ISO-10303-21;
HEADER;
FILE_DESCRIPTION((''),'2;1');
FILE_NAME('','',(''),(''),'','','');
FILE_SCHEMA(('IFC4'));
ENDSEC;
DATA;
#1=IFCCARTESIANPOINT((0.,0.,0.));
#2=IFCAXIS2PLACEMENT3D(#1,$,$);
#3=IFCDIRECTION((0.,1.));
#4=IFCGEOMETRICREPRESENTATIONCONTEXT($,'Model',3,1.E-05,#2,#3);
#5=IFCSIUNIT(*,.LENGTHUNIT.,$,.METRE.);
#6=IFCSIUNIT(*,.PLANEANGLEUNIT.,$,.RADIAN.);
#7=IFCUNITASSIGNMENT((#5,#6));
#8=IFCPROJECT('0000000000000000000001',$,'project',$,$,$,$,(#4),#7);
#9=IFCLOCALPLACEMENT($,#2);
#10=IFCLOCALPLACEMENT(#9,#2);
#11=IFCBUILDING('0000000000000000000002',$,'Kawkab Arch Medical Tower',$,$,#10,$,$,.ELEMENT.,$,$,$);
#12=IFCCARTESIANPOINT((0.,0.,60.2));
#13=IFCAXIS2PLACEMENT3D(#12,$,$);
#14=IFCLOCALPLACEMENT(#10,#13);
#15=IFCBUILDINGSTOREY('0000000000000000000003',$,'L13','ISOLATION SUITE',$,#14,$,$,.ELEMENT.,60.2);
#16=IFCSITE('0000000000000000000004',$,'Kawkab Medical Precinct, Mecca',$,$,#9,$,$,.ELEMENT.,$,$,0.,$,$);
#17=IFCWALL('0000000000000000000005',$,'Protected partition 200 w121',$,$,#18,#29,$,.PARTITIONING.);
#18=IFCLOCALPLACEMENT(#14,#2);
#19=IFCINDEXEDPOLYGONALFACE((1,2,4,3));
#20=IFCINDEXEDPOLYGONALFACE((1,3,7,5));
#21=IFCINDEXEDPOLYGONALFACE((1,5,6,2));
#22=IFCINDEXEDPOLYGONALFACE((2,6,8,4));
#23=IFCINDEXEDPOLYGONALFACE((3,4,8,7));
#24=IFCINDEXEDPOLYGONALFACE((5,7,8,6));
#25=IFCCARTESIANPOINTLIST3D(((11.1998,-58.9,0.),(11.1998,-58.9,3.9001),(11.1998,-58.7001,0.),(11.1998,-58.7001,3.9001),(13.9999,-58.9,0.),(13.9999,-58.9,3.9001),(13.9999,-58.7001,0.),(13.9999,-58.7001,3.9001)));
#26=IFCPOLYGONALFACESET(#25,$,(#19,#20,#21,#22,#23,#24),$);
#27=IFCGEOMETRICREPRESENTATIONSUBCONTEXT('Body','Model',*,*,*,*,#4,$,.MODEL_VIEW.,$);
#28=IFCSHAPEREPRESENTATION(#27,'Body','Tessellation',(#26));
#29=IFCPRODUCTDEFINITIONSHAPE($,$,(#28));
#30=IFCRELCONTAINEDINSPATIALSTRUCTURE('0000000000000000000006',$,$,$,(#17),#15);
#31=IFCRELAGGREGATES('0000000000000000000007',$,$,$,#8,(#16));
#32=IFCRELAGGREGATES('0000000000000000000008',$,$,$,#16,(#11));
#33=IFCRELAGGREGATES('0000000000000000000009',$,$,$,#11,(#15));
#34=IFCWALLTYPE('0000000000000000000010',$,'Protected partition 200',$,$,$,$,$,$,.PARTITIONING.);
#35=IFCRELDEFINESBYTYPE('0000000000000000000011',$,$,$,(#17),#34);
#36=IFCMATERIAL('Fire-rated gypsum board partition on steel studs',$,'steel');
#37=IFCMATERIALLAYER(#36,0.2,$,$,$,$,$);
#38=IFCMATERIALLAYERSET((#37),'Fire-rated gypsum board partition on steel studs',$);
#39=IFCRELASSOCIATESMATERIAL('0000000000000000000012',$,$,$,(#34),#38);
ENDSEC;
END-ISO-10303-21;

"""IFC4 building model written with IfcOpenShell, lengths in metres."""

from ifc_helpers import new_model, si_unit, direction, frame, frame_2d, origin, place, context, subcontext, project, spatial, rectangle, extrude, material, layer, layer_set, type_object, element, save


model = new_model("IFC4")

# Units and contexts
model_context = context("Model", 3, precision=1e-05, world=origin(), true_north=direction((0.0, 1.0)))
body_context = subcontext(model_context, "Body", "Model", "MODEL_VIEW")
ifc_project = project(units=[si_unit("LENGTHUNIT", "METRE"), si_unit("PLANEANGLEUNIT", "RADIAN")], contexts=[model_context])

# Site, building, storey
site_placement = place(None, origin())
site = spatial("IfcSite", under=ifc_project, at=site_placement, Name="Kawkab Medical Precinct, Mecca", CompositionType="ELEMENT", RefElevation=0.0)
building_placement = place(site_placement, origin())
building = spatial("IfcBuilding", under=site, at=building_placement, Name="Kawkab Arch Medical Tower", CompositionType="ELEMENT")
storey_placement = place(building_placement, frame((0.0, 0.0, 60.2)))
storey = spatial("IfcBuildingStorey", under=building, at=storey_placement, Name="L13", Description="ISOLATION SUITE", CompositionType="ELEMENT", Elevation=60.2)

# Wall
ifc_material_1 = material(Name="Fire-rated gypsum board partition on steel studs", Category="steel")
ifc_layer_1 = layer(ifc_material_1, 0.2)
ifc_layer_set_1 = layer_set([ifc_layer_1], Name="Fire-rated gypsum board partition on steel studs")
wall_type_1 = type_object("IfcWallType", Name="Protected partition 200", PredefinedType="PARTITIONING", material=ifc_layer_set_1)
wall_1_placement = place(storey_placement, frame((11.2, -58.8, 0.0), z_axis=(0.0, 0.0, 1.0), x_axis=(1.0, 0.0, 0.0)))
element("IfcWall", 1, at=wall_1_placement, inside=storey, type_object=wall_type_1, Name="Protected partition 200 w121", PredefinedType="PARTITIONING", context=body_context, shape_type="SweptSolid", body=[
    extrude(rectangle(XDim=2.8, YDim=0.2, at=frame_2d((1.3999, 0.0))), origin(), (0.0, 0.0, 1.0), 3.9001),
])

save(model, "model.ifc")
